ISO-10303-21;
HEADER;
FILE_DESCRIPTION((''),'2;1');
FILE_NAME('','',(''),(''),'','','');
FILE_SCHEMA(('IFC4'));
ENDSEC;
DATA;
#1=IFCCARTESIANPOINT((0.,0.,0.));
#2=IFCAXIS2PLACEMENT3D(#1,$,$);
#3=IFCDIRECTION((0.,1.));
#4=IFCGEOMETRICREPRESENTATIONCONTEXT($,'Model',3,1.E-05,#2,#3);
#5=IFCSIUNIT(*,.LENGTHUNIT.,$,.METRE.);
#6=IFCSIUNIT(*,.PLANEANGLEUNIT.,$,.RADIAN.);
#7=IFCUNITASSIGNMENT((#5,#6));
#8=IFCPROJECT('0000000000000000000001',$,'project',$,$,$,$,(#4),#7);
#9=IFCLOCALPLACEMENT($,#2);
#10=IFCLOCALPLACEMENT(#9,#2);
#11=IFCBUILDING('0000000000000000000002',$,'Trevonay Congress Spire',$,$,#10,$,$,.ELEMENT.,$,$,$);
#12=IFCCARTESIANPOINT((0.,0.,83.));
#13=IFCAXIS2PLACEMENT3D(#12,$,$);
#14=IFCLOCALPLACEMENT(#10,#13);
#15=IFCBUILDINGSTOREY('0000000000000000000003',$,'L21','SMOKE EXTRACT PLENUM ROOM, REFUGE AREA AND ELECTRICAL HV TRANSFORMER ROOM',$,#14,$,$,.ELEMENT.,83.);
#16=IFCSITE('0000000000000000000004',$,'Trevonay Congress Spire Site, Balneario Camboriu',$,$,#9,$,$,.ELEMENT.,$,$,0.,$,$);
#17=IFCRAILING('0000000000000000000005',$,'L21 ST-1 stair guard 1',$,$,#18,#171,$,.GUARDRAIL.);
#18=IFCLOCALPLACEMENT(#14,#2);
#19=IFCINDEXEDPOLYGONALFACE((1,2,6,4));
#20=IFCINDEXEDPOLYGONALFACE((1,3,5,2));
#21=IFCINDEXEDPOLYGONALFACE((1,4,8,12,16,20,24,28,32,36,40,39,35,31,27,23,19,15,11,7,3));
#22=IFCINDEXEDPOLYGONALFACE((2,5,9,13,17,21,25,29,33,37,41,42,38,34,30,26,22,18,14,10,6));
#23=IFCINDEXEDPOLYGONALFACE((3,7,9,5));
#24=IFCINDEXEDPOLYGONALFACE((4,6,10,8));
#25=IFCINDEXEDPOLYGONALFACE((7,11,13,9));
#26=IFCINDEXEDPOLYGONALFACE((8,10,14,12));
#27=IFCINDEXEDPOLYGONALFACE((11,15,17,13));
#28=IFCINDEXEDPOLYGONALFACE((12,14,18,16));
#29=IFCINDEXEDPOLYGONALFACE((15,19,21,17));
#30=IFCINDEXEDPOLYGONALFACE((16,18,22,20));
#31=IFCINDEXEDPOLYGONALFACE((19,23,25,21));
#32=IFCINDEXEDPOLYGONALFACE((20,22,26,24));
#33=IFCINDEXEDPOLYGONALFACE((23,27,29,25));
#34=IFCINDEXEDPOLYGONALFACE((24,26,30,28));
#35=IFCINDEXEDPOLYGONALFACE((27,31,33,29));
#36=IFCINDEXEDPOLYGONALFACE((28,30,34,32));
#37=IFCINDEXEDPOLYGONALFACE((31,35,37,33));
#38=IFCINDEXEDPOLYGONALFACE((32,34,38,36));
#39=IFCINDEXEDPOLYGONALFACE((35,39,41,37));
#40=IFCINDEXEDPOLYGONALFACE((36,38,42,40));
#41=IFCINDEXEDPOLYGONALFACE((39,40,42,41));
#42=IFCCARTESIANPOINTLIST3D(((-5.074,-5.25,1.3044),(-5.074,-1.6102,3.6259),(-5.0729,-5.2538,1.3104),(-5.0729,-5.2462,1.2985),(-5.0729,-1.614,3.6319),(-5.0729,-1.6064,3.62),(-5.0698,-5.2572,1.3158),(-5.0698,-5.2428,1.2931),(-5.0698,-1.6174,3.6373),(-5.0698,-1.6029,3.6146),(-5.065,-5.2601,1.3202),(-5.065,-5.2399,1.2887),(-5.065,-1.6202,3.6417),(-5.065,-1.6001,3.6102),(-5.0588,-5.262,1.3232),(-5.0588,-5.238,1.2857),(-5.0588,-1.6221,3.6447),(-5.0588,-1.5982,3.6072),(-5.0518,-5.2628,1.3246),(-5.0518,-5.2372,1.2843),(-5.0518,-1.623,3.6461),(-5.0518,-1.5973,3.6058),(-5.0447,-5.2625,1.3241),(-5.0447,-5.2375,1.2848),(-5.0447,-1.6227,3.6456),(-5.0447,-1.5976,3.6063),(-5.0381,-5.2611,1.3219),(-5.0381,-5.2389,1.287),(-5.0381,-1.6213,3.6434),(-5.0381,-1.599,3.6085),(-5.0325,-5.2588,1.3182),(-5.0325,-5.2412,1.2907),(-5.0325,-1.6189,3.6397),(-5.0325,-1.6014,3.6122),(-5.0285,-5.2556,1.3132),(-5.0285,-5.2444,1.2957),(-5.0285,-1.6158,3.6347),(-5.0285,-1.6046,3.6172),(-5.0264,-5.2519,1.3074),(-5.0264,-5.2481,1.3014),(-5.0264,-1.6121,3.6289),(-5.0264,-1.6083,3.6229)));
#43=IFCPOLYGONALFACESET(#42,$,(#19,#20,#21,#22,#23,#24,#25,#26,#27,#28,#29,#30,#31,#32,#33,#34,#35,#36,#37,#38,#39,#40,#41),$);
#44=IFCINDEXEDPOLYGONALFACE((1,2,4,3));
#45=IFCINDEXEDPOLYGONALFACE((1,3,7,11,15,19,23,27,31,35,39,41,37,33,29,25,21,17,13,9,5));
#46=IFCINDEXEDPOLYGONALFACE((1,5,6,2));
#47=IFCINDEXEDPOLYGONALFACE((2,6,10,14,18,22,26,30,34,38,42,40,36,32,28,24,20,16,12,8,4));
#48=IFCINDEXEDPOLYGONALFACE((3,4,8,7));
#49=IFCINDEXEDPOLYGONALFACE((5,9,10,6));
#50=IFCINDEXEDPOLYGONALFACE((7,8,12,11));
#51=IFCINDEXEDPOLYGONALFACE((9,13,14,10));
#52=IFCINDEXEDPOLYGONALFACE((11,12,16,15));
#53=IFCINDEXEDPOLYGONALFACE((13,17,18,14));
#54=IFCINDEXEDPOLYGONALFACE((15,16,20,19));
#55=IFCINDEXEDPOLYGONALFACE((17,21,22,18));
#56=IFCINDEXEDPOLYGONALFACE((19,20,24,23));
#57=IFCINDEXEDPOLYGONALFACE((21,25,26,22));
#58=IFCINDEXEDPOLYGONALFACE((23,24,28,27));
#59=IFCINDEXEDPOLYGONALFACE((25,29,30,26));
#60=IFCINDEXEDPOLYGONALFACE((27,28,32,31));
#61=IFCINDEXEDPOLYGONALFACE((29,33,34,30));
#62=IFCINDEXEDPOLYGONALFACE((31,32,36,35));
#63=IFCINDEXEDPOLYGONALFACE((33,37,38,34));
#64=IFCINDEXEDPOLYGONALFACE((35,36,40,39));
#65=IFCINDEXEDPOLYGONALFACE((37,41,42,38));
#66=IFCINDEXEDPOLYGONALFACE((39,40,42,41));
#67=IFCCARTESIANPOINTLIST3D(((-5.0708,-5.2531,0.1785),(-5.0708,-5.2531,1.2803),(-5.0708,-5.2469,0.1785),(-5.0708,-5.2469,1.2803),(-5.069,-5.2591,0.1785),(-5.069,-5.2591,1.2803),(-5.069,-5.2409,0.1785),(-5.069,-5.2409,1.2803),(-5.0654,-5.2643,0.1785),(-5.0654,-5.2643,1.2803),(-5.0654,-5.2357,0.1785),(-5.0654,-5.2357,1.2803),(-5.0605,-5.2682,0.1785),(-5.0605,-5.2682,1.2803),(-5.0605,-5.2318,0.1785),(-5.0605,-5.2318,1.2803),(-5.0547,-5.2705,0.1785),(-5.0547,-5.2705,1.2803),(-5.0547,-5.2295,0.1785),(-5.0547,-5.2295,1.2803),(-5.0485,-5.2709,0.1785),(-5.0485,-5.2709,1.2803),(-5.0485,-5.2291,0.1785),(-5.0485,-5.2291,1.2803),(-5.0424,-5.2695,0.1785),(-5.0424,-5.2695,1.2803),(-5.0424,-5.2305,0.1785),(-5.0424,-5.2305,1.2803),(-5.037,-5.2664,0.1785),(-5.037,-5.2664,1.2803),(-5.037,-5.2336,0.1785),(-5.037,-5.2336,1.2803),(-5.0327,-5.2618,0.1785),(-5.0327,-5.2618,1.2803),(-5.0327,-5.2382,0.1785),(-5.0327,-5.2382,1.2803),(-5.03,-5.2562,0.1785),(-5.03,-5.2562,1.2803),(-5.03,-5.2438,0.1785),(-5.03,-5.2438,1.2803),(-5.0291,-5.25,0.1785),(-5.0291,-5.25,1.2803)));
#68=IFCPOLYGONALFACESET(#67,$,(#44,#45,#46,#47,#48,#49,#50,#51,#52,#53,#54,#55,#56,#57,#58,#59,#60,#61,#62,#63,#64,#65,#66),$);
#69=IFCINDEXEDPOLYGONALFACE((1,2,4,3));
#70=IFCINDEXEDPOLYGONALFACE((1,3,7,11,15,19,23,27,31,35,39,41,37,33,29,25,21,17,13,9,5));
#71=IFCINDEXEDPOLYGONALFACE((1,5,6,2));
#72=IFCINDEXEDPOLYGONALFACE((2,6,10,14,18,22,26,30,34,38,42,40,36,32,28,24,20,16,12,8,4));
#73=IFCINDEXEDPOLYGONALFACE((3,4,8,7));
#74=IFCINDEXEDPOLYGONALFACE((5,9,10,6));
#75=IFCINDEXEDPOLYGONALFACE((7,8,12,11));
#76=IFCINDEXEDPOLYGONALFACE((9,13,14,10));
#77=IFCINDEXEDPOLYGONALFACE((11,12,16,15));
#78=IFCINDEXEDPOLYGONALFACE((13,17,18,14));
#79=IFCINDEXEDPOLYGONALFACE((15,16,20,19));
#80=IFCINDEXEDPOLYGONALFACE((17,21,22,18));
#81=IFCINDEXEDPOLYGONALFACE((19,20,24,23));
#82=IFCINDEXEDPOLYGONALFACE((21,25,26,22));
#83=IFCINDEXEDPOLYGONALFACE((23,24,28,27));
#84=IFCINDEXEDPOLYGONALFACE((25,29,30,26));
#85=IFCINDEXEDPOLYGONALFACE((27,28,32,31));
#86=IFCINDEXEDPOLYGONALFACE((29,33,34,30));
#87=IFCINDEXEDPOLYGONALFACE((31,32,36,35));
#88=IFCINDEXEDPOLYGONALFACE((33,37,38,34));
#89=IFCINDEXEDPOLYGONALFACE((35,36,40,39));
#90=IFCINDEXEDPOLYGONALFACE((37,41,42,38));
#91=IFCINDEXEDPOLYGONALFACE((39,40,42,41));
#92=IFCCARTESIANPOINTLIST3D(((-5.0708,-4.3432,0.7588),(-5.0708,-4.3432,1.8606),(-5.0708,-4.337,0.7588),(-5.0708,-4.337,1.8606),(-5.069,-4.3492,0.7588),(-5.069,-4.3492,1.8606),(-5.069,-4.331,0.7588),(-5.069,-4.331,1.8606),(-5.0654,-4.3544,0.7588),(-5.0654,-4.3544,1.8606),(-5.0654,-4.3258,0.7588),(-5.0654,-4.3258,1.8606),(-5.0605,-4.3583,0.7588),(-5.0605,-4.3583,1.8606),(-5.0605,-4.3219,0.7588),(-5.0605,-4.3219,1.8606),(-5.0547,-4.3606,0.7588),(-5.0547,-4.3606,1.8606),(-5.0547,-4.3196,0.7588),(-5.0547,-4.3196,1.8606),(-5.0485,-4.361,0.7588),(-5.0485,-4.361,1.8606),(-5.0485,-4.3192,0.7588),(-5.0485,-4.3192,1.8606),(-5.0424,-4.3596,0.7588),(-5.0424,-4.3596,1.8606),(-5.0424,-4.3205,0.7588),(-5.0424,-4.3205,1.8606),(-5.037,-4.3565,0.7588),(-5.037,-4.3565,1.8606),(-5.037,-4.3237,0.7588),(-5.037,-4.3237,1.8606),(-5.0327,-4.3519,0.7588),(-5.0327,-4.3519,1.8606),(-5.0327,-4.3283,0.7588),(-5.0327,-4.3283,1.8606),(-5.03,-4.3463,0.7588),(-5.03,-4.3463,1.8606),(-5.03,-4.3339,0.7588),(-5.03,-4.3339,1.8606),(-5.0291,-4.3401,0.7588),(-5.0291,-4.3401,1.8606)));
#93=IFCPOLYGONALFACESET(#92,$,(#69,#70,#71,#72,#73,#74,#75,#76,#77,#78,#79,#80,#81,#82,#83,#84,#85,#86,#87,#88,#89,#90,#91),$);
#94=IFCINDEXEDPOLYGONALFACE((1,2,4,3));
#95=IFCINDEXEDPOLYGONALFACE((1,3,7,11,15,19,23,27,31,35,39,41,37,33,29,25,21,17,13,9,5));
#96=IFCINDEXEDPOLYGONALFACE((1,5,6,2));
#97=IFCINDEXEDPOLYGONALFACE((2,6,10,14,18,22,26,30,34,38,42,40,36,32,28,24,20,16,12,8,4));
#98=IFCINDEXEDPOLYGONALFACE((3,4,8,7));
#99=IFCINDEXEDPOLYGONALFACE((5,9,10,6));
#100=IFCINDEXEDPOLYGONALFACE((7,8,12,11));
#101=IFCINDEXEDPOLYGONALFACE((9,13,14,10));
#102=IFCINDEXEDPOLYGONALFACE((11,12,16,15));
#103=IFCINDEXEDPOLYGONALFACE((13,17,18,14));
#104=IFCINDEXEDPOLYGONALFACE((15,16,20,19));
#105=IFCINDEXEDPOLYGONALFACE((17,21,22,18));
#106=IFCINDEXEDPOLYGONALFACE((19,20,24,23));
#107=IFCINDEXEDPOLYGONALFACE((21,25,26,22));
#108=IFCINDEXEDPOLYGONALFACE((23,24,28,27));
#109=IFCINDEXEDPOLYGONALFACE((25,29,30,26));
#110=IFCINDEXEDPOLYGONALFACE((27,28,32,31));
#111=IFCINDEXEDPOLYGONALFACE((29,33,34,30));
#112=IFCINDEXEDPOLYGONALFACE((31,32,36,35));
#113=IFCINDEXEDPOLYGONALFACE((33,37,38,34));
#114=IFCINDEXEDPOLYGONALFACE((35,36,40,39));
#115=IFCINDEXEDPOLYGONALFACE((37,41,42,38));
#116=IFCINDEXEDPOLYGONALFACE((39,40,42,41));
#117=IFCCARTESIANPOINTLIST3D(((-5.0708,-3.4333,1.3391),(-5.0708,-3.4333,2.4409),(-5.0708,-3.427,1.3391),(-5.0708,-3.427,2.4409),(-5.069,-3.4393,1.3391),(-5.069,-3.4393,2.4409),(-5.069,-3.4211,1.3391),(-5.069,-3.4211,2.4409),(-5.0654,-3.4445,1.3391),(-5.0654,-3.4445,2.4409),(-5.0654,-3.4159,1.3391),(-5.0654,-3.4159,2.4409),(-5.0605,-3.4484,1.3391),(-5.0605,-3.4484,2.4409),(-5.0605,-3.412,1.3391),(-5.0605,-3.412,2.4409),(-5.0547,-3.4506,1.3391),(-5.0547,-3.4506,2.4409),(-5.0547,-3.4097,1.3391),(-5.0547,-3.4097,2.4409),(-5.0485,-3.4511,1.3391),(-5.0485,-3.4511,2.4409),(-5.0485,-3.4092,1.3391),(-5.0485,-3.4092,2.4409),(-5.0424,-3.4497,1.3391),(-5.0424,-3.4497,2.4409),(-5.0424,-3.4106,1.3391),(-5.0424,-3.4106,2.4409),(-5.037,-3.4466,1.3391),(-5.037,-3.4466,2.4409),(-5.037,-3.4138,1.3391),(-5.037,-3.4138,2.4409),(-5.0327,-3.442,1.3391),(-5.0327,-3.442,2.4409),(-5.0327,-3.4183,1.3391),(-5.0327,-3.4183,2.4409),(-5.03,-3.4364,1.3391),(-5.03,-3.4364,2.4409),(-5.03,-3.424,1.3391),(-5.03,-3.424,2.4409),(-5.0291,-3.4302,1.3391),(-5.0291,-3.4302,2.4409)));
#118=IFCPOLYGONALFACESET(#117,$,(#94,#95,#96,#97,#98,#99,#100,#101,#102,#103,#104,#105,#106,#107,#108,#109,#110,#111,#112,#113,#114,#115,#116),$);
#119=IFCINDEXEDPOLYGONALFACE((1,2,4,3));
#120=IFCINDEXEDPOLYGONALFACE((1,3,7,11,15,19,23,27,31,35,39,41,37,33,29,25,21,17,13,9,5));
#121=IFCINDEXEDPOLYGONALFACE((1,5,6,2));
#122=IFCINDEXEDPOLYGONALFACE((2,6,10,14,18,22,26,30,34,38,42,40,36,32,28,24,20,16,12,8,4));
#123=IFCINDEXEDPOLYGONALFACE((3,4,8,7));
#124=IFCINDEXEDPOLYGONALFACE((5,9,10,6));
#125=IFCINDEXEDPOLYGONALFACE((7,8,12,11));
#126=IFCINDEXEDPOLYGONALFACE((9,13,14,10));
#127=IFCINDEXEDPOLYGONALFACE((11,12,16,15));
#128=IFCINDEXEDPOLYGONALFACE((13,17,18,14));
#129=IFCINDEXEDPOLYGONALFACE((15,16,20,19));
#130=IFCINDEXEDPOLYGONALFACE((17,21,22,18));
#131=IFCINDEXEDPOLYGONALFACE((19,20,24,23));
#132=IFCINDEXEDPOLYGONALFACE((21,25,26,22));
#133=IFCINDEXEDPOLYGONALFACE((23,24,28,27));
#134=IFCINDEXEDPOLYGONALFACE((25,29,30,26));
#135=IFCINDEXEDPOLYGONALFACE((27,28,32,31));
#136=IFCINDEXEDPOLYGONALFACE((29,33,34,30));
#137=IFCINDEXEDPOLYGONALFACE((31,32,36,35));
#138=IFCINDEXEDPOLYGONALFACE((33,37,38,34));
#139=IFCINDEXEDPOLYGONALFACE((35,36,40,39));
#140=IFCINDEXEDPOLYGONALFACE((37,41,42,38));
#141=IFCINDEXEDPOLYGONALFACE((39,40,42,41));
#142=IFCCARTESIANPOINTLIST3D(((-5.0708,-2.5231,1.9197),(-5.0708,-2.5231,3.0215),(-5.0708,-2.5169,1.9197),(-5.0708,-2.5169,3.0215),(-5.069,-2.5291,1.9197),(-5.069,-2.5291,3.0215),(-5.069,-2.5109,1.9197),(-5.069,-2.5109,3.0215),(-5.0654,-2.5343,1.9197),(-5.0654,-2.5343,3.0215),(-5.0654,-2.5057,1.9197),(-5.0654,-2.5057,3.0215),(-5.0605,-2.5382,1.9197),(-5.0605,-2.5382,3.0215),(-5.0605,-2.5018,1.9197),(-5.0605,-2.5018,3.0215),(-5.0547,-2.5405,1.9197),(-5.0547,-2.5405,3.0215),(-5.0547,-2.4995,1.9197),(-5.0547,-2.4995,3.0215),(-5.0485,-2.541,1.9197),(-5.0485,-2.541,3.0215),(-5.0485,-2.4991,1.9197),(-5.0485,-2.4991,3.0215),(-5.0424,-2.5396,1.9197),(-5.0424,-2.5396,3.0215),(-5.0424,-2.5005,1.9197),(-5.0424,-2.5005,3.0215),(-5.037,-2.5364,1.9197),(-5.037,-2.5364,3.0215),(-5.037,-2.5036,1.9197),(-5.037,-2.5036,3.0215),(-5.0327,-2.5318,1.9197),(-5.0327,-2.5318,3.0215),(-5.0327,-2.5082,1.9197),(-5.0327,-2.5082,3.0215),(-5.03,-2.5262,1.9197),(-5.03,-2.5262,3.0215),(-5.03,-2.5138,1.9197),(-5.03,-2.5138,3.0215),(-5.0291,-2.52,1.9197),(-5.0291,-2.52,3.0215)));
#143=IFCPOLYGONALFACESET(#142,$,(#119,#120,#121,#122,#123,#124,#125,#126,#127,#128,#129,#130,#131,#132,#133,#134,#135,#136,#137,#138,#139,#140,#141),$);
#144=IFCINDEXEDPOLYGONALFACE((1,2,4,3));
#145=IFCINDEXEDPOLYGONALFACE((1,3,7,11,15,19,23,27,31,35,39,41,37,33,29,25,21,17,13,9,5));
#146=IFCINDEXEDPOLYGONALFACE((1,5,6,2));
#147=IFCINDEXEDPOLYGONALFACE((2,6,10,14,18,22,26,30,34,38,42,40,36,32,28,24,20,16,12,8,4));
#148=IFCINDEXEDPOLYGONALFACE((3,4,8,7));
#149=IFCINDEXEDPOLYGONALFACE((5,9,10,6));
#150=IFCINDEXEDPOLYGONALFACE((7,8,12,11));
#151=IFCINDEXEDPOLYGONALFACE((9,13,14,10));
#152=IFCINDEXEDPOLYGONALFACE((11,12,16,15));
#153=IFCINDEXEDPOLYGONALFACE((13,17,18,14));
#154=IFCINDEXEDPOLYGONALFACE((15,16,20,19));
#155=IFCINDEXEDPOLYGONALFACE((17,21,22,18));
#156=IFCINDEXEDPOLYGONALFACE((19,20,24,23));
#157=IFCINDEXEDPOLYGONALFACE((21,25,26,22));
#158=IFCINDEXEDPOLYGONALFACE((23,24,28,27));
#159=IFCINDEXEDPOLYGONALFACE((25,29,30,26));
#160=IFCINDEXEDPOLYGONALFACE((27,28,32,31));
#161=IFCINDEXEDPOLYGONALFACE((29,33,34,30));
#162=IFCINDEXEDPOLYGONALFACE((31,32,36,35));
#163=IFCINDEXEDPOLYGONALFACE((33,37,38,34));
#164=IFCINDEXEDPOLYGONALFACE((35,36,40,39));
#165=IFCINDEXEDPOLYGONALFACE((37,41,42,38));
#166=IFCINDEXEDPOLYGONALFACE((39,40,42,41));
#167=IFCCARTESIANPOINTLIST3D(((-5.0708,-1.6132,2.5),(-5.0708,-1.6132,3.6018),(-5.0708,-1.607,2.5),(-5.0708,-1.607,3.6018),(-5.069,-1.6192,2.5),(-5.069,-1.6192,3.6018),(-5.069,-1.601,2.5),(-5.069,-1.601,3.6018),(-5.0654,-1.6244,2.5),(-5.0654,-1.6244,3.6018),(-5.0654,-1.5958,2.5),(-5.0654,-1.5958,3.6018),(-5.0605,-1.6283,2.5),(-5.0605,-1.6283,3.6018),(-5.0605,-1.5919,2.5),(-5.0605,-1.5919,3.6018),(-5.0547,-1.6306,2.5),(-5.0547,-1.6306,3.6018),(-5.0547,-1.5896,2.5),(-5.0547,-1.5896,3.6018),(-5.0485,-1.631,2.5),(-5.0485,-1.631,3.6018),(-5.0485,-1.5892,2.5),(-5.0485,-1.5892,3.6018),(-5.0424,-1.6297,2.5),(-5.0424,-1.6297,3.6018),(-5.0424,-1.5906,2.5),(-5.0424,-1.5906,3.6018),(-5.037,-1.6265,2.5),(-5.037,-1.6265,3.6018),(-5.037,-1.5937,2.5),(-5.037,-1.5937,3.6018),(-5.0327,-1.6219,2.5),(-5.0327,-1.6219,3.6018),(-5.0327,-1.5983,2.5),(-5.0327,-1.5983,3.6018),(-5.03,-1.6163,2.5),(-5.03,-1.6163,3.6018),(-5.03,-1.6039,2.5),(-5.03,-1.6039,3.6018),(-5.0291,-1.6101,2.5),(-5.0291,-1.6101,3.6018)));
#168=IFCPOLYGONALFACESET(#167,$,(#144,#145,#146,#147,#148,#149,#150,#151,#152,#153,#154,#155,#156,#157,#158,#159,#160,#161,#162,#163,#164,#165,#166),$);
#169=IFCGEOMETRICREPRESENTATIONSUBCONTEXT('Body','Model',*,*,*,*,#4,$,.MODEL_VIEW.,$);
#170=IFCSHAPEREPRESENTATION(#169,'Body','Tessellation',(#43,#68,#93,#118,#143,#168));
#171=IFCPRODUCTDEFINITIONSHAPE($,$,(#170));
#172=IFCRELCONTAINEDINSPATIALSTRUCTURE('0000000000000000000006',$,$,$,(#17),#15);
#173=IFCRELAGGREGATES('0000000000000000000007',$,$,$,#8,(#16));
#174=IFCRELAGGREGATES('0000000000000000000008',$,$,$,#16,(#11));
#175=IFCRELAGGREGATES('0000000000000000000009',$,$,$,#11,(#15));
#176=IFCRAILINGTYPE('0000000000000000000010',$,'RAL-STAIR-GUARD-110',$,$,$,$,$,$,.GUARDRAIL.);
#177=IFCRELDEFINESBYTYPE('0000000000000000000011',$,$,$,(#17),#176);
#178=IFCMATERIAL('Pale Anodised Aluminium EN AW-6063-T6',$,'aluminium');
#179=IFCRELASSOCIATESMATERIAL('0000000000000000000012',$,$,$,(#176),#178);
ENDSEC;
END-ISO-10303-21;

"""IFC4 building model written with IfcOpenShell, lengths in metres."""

from ifc_helpers import new_model, si_unit, direction, frame, origin, origin_2d, place, context, subcontext, project, spatial, circle, extrude, material, type_object, element, save


model = new_model("IFC4")

# Units and contexts
model_context = context("Model", 3, precision=1e-05, world=origin(), true_north=direction((0.0, 1.0)))
body_context = subcontext(model_context, "Body", "Model", "MODEL_VIEW")
ifc_project = project(units=[si_unit("LENGTHUNIT", "METRE"), si_unit("PLANEANGLEUNIT", "RADIAN")], contexts=[model_context])

# Site, building, storey
site_placement = place(None, origin())
site = spatial("IfcSite", under=ifc_project, at=site_placement, Name="Trevonay Congress Spire Site, Balneario Camboriu", CompositionType="ELEMENT", RefElevation=0.0)
building_placement = place(site_placement, origin())
building = spatial("IfcBuilding", under=site, at=building_placement, Name="Trevonay Congress Spire", CompositionType="ELEMENT")
storey_placement = place(building_placement, frame((0.0, 0.0, 83.0)))
storey = spatial("IfcBuildingStorey", under=building, at=storey_placement, Name="L21", Description="SMOKE EXTRACT PLENUM ROOM, REFUGE AREA AND ELECTRICAL HV TRANSFORMER ROOM", CompositionType="ELEMENT", Elevation=83.0)

# Shared definitions
ifc_material_1 = material(Name="Pale Anodised Aluminium EN AW-6063-T6", Category="aluminium")

# Railing
railing_type_1 = type_object("IfcRailingType", Name="RAL-STAIR-GUARD-110", PredefinedType="GUARDRAIL", material=ifc_material_1)
railing_1_placement = place(storey_placement, frame((-5.05, -5.25, 0.1785)))
element("IfcRailing", 1, at=railing_1_placement, inside=storey, type_object=railing_type_1, Name="L21 ST-1 stair guard 1", PredefinedType="GUARDRAIL", context=body_context, shape_type="SweptSolid", body=[
    extrude(circle(Radius=0.0239, at=origin_2d()), frame((0.0, 0.0, 1.126), z_axis=(0.0, 0.843112, 0.537739), x_axis=(-1.0, 0.0, 0.0)), (0.0, 0.0, 1.0), 4.3171),
    extrude(circle(Radius=0.021, at=origin_2d()), origin(), (0.0, 0.0, 1.0), 1.1018),
    extrude(circle(Radius=0.021, at=origin_2d()), frame((0.0, 0.9099, 0.5803)), (0.0, 0.0, 1.0), 1.1018),
    extrude(circle(Radius=0.021, at=origin_2d()), frame((0.0, 1.8198, 1.1606)), (0.0, 0.0, 1.0), 1.1018),
    extrude(circle(Radius=0.021, at=origin_2d()), frame((0.0, 2.73, 1.7412)), (0.0, 0.0, 1.0), 1.1018),
    extrude(circle(Radius=0.021, at=origin_2d()), frame((0.0, 3.6399, 2.3215)), (0.0, 0.0, 1.0), 1.1018),
])

save(model, "model.ifc")
